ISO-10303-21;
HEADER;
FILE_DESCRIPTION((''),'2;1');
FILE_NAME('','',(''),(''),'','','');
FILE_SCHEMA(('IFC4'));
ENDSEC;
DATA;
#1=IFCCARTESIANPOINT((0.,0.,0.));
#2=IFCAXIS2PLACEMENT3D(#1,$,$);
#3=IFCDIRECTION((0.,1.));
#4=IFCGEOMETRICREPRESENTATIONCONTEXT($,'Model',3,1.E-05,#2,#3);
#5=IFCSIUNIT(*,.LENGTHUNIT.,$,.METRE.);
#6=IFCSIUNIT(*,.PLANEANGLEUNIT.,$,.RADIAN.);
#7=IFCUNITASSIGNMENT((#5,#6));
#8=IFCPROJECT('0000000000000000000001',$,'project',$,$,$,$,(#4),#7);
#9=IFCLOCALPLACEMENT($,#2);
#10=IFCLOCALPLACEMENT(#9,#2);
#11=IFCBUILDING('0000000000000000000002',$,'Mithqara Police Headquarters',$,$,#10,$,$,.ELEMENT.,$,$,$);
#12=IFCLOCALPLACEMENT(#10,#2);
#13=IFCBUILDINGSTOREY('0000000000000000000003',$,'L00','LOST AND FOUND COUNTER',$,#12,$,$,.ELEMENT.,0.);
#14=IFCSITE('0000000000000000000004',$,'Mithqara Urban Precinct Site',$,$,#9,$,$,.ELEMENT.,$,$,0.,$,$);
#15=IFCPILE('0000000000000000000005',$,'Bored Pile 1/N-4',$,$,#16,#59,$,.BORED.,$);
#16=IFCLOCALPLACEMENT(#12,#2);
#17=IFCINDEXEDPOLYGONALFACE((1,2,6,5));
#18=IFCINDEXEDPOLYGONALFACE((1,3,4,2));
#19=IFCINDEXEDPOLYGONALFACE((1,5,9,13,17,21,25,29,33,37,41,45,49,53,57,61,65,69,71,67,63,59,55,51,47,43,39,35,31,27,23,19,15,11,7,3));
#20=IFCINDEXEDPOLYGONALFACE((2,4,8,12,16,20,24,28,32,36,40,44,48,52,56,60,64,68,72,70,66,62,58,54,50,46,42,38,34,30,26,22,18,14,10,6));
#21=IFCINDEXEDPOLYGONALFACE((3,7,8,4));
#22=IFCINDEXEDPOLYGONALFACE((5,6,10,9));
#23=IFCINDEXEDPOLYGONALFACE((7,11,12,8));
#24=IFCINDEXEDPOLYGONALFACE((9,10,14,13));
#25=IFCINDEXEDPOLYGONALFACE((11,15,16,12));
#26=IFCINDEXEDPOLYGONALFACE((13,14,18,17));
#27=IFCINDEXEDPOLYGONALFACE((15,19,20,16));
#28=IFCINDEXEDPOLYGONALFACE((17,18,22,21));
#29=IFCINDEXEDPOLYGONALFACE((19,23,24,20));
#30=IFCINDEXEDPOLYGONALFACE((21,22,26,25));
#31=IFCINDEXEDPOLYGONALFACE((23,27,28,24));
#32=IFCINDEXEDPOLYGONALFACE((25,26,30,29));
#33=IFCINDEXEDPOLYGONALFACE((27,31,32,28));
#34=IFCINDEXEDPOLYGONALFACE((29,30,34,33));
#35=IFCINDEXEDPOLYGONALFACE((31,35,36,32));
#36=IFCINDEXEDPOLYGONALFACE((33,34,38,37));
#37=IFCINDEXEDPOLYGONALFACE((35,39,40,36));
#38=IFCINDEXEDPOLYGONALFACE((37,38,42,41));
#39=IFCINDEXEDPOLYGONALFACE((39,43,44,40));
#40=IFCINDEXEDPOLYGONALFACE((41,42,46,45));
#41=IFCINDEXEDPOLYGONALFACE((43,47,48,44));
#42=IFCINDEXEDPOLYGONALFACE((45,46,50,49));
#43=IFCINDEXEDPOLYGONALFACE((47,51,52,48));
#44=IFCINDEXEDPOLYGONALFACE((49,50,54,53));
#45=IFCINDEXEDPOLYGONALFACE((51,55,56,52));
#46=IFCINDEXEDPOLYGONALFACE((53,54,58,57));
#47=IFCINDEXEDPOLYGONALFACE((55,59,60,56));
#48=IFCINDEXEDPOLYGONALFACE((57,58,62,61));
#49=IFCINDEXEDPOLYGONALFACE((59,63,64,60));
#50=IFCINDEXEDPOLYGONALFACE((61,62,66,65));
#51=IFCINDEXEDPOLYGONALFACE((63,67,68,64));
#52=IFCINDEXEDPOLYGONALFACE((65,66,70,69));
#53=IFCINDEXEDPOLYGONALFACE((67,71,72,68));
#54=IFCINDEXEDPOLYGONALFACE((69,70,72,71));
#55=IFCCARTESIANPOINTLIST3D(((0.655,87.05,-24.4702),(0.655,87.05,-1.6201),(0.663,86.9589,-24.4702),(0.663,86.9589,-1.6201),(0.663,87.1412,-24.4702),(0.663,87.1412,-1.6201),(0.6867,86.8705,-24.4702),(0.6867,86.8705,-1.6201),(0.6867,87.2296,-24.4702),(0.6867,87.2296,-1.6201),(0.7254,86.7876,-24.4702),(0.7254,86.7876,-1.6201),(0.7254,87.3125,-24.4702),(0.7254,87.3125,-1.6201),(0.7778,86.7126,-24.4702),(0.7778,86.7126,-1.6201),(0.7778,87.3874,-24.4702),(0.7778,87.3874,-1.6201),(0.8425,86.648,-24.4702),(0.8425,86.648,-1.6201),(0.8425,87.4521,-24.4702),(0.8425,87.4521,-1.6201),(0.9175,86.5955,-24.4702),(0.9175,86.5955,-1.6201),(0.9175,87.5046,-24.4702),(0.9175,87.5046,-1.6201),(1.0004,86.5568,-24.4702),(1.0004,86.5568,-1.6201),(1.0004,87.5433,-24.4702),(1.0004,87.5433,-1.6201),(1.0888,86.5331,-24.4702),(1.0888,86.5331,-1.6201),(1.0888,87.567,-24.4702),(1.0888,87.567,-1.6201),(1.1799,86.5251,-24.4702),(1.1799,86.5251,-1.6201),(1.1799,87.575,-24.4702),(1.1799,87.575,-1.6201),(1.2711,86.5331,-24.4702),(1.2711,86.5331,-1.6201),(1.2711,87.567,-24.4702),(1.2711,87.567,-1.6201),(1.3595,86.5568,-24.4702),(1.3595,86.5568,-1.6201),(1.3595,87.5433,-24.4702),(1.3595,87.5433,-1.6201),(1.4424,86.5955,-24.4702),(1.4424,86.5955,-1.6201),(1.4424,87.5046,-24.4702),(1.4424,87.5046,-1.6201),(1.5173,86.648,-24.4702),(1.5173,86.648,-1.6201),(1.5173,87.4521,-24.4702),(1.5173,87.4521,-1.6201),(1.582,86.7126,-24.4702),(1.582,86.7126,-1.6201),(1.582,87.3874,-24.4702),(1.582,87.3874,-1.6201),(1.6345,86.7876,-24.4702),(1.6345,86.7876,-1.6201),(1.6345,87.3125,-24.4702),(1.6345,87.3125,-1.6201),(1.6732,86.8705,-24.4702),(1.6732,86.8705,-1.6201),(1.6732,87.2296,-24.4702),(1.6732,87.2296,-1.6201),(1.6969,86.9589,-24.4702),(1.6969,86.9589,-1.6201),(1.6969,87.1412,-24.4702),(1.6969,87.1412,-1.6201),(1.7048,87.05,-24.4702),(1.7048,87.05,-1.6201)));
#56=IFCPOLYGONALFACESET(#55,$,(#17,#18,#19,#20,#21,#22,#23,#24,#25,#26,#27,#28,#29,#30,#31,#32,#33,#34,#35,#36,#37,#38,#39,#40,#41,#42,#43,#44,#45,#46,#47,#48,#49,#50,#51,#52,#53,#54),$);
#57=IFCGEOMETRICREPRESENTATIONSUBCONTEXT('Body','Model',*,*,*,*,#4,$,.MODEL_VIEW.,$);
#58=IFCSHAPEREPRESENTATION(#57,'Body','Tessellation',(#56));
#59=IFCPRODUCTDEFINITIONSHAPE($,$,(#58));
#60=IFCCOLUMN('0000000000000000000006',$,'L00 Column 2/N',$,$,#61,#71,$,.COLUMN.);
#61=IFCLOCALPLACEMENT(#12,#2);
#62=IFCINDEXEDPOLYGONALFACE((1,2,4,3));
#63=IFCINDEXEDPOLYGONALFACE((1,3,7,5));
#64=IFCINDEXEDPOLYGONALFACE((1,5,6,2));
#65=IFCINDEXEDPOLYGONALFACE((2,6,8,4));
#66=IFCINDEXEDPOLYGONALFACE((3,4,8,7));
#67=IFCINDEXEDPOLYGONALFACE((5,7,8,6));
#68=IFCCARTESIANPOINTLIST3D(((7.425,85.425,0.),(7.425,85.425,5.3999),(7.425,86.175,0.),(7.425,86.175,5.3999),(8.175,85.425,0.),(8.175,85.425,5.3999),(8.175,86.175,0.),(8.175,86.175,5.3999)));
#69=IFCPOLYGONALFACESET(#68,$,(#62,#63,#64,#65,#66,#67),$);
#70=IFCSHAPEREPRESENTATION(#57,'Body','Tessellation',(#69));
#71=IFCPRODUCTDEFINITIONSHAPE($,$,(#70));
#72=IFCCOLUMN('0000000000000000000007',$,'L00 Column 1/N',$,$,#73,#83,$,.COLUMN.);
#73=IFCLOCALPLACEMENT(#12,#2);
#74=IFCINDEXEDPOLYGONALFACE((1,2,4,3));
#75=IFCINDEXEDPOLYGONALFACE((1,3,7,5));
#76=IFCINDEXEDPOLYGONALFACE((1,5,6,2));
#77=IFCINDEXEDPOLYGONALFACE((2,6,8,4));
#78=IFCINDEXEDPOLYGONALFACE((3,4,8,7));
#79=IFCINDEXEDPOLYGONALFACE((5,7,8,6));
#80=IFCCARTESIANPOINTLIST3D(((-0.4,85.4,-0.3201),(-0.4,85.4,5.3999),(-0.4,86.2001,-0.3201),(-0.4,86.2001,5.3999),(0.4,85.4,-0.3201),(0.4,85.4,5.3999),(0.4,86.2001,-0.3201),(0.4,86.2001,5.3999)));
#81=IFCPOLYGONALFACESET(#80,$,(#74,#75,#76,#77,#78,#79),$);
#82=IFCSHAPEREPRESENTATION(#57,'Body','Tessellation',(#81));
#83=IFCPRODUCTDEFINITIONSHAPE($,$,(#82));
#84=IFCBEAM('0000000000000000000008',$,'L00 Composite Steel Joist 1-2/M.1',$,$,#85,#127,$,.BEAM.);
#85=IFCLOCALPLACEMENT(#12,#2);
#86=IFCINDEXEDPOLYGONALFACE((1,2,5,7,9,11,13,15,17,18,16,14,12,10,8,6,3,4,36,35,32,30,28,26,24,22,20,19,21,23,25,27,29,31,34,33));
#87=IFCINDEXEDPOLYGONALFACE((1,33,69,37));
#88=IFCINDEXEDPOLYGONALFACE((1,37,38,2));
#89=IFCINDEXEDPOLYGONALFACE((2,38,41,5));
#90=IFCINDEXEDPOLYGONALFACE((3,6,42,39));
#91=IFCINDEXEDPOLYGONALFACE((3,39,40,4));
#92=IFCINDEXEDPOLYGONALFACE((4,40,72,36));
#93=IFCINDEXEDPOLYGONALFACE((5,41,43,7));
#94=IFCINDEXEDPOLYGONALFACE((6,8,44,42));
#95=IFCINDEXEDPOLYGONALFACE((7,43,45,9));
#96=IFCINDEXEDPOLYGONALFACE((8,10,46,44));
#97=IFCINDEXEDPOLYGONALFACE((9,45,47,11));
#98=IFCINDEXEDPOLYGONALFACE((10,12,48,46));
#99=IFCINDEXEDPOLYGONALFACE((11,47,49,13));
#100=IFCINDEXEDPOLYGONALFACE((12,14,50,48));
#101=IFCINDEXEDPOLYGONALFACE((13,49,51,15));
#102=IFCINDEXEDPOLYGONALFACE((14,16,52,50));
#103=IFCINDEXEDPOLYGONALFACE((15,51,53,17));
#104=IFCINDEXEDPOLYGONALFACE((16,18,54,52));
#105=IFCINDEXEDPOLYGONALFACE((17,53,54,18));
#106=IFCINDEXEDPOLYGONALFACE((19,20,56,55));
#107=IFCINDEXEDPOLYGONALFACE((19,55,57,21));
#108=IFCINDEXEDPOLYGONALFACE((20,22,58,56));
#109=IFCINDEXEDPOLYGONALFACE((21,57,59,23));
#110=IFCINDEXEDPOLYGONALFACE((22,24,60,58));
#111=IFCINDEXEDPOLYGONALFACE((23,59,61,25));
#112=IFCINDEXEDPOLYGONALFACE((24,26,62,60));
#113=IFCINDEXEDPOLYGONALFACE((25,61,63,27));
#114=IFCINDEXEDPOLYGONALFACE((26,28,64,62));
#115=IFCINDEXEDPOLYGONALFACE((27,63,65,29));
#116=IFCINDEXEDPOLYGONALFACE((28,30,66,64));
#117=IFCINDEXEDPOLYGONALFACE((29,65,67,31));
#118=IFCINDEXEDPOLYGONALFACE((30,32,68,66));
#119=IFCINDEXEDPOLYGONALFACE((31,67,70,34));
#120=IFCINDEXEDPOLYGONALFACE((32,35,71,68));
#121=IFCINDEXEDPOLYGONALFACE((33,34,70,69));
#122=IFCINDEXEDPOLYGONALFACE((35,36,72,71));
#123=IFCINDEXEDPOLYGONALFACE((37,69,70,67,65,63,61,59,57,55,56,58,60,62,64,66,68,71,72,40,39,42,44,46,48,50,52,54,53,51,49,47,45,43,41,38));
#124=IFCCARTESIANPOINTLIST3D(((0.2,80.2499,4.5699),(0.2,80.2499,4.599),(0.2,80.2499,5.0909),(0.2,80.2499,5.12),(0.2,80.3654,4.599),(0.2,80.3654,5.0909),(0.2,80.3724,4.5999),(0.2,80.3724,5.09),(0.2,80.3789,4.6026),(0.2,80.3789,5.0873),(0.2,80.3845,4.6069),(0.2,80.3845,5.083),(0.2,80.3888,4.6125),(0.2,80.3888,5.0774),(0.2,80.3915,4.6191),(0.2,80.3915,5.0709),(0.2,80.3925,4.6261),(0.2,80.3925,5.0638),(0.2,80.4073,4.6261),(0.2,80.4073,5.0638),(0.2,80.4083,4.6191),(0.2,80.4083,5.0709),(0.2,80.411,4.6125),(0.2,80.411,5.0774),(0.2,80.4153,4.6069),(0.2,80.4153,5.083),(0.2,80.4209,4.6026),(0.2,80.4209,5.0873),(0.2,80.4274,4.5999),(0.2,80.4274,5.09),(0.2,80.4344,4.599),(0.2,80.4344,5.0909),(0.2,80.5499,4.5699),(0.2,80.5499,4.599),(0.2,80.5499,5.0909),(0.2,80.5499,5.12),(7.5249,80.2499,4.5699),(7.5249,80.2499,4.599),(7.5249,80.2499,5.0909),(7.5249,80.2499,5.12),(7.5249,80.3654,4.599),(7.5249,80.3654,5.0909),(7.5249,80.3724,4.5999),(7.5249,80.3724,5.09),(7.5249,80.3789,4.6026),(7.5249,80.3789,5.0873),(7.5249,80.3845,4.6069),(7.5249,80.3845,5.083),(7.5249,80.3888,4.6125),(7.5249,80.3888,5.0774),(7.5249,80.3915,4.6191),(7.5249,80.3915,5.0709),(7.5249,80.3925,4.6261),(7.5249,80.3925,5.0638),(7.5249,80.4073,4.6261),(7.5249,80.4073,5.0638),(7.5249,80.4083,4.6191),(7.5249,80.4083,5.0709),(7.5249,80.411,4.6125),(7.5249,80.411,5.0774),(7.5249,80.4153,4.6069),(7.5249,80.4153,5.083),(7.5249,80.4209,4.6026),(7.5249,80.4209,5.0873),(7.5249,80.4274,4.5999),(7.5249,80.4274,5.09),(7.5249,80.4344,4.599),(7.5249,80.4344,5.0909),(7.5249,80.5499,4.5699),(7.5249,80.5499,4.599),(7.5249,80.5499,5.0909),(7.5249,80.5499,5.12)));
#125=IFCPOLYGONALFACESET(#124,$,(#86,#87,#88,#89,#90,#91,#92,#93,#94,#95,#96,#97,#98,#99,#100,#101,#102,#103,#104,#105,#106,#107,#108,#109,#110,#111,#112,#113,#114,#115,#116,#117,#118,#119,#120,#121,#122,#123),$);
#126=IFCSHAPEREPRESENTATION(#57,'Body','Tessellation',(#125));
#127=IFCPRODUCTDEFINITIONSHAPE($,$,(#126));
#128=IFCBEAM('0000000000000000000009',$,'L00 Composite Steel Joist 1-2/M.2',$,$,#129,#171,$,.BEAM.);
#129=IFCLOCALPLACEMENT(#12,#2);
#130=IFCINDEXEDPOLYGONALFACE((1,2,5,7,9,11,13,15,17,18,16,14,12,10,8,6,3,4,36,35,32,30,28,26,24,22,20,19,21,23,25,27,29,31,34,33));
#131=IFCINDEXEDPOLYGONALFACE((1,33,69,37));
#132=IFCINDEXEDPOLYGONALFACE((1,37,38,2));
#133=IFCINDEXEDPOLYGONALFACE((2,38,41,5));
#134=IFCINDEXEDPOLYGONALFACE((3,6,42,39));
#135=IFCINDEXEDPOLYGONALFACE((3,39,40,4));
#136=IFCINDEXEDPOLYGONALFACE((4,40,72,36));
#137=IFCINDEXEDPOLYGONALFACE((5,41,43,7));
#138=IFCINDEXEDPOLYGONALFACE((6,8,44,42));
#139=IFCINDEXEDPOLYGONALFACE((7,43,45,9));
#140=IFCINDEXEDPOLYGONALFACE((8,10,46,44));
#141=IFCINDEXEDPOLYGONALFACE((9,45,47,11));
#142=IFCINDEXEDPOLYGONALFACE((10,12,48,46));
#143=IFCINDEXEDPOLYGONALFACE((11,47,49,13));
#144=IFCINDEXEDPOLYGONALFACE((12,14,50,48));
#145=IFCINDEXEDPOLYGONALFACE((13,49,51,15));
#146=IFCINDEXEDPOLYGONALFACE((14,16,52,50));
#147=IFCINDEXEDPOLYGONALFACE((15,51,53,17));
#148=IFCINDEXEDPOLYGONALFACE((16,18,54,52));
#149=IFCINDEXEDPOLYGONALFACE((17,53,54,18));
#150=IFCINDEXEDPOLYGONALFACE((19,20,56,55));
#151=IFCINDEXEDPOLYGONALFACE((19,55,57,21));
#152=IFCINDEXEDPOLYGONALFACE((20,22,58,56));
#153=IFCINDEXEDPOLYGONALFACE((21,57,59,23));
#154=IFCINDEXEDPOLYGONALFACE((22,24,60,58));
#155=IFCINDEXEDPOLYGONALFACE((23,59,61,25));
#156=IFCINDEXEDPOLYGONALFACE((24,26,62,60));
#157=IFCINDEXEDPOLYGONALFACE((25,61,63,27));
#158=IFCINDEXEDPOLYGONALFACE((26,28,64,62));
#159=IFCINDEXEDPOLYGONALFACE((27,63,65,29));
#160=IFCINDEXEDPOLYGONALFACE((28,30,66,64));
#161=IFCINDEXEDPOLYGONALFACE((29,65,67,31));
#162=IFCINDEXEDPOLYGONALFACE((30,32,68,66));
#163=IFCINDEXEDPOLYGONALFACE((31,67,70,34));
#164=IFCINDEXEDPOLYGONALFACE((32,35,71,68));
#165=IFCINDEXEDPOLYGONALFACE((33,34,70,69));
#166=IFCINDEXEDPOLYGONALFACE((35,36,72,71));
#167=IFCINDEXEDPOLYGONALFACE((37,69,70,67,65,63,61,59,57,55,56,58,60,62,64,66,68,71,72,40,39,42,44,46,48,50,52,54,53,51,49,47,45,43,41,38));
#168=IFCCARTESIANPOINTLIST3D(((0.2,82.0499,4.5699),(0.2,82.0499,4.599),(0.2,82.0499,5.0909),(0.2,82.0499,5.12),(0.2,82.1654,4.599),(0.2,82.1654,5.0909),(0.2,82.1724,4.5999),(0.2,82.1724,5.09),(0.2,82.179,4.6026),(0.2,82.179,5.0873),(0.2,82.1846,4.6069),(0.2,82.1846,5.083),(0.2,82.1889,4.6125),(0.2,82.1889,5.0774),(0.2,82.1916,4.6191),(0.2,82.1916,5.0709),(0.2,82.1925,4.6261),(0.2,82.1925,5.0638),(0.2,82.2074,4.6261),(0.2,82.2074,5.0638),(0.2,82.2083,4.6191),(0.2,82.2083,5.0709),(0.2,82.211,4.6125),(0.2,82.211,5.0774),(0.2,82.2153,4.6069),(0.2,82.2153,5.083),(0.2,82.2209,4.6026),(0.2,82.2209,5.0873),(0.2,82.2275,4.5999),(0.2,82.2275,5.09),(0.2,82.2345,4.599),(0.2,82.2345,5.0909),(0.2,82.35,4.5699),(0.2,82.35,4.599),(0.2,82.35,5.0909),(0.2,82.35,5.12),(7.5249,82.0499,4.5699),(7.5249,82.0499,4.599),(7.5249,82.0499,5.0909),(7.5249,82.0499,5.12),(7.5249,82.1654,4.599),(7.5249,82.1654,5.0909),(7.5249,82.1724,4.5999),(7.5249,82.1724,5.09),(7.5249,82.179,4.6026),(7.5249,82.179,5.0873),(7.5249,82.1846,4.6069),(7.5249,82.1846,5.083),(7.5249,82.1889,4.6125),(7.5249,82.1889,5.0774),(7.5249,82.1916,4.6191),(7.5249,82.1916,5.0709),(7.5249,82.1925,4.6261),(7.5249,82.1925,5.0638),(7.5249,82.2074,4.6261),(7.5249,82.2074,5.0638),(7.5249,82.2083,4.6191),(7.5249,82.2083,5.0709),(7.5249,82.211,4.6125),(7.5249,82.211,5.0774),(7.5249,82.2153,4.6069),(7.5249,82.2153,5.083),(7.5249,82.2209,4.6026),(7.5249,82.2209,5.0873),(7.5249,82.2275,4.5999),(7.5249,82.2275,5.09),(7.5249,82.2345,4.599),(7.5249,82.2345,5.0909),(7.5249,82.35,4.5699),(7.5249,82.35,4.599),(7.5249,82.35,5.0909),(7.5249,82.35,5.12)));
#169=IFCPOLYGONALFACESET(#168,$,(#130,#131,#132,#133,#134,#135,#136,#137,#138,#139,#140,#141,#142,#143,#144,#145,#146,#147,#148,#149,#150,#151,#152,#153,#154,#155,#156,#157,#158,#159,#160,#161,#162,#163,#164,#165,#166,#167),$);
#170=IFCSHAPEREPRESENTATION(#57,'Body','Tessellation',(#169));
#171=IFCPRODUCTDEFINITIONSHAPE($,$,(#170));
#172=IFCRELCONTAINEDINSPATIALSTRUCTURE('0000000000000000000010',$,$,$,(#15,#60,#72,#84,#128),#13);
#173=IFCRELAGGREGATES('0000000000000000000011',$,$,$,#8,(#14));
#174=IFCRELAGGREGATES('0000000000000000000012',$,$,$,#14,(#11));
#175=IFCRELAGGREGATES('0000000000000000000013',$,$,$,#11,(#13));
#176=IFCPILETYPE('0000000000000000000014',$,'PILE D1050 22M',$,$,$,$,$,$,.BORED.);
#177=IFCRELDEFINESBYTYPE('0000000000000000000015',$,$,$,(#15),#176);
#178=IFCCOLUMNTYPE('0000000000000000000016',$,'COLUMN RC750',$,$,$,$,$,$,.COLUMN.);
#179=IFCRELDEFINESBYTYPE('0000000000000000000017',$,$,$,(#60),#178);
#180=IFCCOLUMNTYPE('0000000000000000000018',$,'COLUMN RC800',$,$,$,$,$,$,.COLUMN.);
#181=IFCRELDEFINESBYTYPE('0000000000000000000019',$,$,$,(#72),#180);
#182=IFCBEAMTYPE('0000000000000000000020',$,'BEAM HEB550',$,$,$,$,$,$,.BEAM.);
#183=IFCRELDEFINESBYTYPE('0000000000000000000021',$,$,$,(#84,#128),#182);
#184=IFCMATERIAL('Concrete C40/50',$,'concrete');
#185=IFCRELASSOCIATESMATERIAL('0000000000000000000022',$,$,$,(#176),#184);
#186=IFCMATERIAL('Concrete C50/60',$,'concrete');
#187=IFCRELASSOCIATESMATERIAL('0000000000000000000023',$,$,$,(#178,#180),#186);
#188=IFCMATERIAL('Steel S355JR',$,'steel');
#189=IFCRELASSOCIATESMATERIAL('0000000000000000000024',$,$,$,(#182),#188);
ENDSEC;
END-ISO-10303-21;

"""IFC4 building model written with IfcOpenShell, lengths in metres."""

from ifc_helpers import new_model, si_unit, direction, frame, origin, origin_2d, place, context, subcontext, project, spatial, rectangle, circle, i_section, extrude, material, material_profile, profile_set, type_object, element, save


model = new_model("IFC4")

# Units and contexts
model_context = context("Model", 3, precision=1e-05, world=origin(), true_north=direction((0.0, 1.0)))
body_context = subcontext(model_context, "Body", "Model", "MODEL_VIEW")
ifc_project = project(units=[si_unit("LENGTHUNIT", "METRE"), si_unit("PLANEANGLEUNIT", "RADIAN")], contexts=[model_context])

# Site, building, storey
site_placement = place(None, origin())
site = spatial("IfcSite", under=ifc_project, at=site_placement, Name="Mithqara Urban Precinct Site", CompositionType="ELEMENT", RefElevation=0.0)
building_placement = place(site_placement, origin())
building = spatial("IfcBuilding", under=site, at=building_placement, Name="Mithqara Police Headquarters", CompositionType="ELEMENT")
storey_placement = place(building_placement, origin())
storey = spatial("IfcBuildingStorey", under=building, at=storey_placement, Name="L00", Description="LOST AND FOUND COUNTER", CompositionType="ELEMENT", Elevation=0.0)

# Shared definitions
ifc_material_1 = material(Name="Concrete C40/50", Category="concrete")

# Pile
ifc_material_profile_1 = material_profile(ifc_material_1, circle(Radius=0.5249, at=origin_2d()), Name="PILE D1050")
ifc_profile_set_1 = profile_set([ifc_material_profile_1], Name="Concrete C40/50")
pile_type = type_object("IfcPileType", Name="PILE D1050 22M", PredefinedType="BORED", material=ifc_profile_set_1)
for number, where, z_axis, x_axis, name in (
    (1, (1.1799, 87.05, -1.6201), (0.0, 0.0, -1.0), (1.0, 0.0, 0.0), "Bored Pile 1/N-4"),
):
    element("IfcPile", number, at=place(storey_placement, frame(where, z_axis=z_axis, x_axis=x_axis)), inside=storey, type_object=pile_type, Name=name, PredefinedType="BORED", context=body_context, shape_type="SweptSolid", body=[
        extrude(circle(Radius=0.5249, at=origin_2d()), origin(), (0.0, 0.0, 1.0), 22.8501),
    ])

# Columns
ifc_material_2 = material(Name="Concrete C50/60", Category="concrete")
ifc_material_profile_2 = material_profile(ifc_material_2, rectangle(XDim=0.75, YDim=0.75, at=origin_2d()), Name="RC 750x750")
ifc_profile_set_2 = profile_set([ifc_material_profile_2], Name="Concrete C50/60")
column_type_1 = type_object("IfcColumnType", Name="COLUMN RC750", PredefinedType="COLUMN", material=ifc_profile_set_2)
column_1_placement = place(storey_placement, frame((7.8, 85.8, 0.0), z_axis=(0.0, 0.0, 1.0), x_axis=(1.0, 0.0, 0.0)))
element("IfcColumn", 2, at=column_1_placement, inside=storey, type_object=column_type_1, Name="L00 Column 2/N", PredefinedType="COLUMN", context=body_context, shape_type="SweptSolid", body=[
    extrude(rectangle(XDim=0.75, YDim=0.75, at=origin_2d()), origin(), (0.0, 0.0, 1.0), 5.3999),
])
ifc_material_profile_3 = material_profile(ifc_material_2, rectangle(XDim=0.8, YDim=0.8, at=origin_2d()), Name="RC 800x800")
ifc_profile_set_3 = profile_set([ifc_material_profile_3], Name="Concrete C50/60")
column_type_2 = type_object("IfcColumnType", Name="COLUMN RC800", PredefinedType="COLUMN", material=ifc_profile_set_3)
column_2_placement = place(storey_placement, frame((0.0, 85.8, -0.3201), z_axis=(0.0, 0.0, 1.0), x_axis=(1.0, 0.0, 0.0)))
element("IfcColumn", 3, at=column_2_placement, inside=storey, type_object=column_type_2, Name="L00 Column 1/N", PredefinedType="COLUMN", context=body_context, shape_type="SweptSolid", body=[
    extrude(rectangle(XDim=0.8, YDim=0.8, at=origin_2d()), origin(), (0.0, 0.0, 1.0), 5.72),
])

# Beams
ifc_material_3 = material(Name="Steel S355JR", Category="steel")
ifc_material_profile_4 = material_profile(ifc_material_3, i_section(OverallWidth=0.3, OverallDepth=0.55, WebThickness=0.0149, FlangeThickness=0.0291, FilletRadius=0.0271, at=origin_2d()), Name="HEB 550")
ifc_profile_set_4 = profile_set([ifc_material_profile_4], Name="Steel S355JR")
beam_type_1 = type_object("IfcBeamType", Name="BEAM HEB550", PredefinedType="BEAM", material=ifc_profile_set_4)
for number, where, z_axis, x_axis, name in (
    (4, (0.2, 80.3999, 4.845), (1.0, 0.0, 0.0), (0.0, 1.0, 0.0), "L00 Composite Steel Joist 1-2/M.1"),
    (5, (0.2, 82.2, 4.845), (1.0, 0.0, 0.0), (0.0, 1.0, 0.0), "L00 Composite Steel Joist 1-2/M.2"),
):
    element("IfcBeam", number, at=place(storey_placement, frame(where, z_axis=z_axis, x_axis=x_axis)), inside=storey, type_object=beam_type_1, Name=name, PredefinedType="BEAM", context=body_context, shape_type="SweptSolid", body=[
        extrude(i_section(OverallWidth=0.3, OverallDepth=0.55, WebThickness=0.0149, FlangeThickness=0.0291, FilletRadius=0.0271, at=origin_2d()), origin(), (0.0, 0.0, 1.0), 7.325),
    ])

save(model, "model.ifc")
